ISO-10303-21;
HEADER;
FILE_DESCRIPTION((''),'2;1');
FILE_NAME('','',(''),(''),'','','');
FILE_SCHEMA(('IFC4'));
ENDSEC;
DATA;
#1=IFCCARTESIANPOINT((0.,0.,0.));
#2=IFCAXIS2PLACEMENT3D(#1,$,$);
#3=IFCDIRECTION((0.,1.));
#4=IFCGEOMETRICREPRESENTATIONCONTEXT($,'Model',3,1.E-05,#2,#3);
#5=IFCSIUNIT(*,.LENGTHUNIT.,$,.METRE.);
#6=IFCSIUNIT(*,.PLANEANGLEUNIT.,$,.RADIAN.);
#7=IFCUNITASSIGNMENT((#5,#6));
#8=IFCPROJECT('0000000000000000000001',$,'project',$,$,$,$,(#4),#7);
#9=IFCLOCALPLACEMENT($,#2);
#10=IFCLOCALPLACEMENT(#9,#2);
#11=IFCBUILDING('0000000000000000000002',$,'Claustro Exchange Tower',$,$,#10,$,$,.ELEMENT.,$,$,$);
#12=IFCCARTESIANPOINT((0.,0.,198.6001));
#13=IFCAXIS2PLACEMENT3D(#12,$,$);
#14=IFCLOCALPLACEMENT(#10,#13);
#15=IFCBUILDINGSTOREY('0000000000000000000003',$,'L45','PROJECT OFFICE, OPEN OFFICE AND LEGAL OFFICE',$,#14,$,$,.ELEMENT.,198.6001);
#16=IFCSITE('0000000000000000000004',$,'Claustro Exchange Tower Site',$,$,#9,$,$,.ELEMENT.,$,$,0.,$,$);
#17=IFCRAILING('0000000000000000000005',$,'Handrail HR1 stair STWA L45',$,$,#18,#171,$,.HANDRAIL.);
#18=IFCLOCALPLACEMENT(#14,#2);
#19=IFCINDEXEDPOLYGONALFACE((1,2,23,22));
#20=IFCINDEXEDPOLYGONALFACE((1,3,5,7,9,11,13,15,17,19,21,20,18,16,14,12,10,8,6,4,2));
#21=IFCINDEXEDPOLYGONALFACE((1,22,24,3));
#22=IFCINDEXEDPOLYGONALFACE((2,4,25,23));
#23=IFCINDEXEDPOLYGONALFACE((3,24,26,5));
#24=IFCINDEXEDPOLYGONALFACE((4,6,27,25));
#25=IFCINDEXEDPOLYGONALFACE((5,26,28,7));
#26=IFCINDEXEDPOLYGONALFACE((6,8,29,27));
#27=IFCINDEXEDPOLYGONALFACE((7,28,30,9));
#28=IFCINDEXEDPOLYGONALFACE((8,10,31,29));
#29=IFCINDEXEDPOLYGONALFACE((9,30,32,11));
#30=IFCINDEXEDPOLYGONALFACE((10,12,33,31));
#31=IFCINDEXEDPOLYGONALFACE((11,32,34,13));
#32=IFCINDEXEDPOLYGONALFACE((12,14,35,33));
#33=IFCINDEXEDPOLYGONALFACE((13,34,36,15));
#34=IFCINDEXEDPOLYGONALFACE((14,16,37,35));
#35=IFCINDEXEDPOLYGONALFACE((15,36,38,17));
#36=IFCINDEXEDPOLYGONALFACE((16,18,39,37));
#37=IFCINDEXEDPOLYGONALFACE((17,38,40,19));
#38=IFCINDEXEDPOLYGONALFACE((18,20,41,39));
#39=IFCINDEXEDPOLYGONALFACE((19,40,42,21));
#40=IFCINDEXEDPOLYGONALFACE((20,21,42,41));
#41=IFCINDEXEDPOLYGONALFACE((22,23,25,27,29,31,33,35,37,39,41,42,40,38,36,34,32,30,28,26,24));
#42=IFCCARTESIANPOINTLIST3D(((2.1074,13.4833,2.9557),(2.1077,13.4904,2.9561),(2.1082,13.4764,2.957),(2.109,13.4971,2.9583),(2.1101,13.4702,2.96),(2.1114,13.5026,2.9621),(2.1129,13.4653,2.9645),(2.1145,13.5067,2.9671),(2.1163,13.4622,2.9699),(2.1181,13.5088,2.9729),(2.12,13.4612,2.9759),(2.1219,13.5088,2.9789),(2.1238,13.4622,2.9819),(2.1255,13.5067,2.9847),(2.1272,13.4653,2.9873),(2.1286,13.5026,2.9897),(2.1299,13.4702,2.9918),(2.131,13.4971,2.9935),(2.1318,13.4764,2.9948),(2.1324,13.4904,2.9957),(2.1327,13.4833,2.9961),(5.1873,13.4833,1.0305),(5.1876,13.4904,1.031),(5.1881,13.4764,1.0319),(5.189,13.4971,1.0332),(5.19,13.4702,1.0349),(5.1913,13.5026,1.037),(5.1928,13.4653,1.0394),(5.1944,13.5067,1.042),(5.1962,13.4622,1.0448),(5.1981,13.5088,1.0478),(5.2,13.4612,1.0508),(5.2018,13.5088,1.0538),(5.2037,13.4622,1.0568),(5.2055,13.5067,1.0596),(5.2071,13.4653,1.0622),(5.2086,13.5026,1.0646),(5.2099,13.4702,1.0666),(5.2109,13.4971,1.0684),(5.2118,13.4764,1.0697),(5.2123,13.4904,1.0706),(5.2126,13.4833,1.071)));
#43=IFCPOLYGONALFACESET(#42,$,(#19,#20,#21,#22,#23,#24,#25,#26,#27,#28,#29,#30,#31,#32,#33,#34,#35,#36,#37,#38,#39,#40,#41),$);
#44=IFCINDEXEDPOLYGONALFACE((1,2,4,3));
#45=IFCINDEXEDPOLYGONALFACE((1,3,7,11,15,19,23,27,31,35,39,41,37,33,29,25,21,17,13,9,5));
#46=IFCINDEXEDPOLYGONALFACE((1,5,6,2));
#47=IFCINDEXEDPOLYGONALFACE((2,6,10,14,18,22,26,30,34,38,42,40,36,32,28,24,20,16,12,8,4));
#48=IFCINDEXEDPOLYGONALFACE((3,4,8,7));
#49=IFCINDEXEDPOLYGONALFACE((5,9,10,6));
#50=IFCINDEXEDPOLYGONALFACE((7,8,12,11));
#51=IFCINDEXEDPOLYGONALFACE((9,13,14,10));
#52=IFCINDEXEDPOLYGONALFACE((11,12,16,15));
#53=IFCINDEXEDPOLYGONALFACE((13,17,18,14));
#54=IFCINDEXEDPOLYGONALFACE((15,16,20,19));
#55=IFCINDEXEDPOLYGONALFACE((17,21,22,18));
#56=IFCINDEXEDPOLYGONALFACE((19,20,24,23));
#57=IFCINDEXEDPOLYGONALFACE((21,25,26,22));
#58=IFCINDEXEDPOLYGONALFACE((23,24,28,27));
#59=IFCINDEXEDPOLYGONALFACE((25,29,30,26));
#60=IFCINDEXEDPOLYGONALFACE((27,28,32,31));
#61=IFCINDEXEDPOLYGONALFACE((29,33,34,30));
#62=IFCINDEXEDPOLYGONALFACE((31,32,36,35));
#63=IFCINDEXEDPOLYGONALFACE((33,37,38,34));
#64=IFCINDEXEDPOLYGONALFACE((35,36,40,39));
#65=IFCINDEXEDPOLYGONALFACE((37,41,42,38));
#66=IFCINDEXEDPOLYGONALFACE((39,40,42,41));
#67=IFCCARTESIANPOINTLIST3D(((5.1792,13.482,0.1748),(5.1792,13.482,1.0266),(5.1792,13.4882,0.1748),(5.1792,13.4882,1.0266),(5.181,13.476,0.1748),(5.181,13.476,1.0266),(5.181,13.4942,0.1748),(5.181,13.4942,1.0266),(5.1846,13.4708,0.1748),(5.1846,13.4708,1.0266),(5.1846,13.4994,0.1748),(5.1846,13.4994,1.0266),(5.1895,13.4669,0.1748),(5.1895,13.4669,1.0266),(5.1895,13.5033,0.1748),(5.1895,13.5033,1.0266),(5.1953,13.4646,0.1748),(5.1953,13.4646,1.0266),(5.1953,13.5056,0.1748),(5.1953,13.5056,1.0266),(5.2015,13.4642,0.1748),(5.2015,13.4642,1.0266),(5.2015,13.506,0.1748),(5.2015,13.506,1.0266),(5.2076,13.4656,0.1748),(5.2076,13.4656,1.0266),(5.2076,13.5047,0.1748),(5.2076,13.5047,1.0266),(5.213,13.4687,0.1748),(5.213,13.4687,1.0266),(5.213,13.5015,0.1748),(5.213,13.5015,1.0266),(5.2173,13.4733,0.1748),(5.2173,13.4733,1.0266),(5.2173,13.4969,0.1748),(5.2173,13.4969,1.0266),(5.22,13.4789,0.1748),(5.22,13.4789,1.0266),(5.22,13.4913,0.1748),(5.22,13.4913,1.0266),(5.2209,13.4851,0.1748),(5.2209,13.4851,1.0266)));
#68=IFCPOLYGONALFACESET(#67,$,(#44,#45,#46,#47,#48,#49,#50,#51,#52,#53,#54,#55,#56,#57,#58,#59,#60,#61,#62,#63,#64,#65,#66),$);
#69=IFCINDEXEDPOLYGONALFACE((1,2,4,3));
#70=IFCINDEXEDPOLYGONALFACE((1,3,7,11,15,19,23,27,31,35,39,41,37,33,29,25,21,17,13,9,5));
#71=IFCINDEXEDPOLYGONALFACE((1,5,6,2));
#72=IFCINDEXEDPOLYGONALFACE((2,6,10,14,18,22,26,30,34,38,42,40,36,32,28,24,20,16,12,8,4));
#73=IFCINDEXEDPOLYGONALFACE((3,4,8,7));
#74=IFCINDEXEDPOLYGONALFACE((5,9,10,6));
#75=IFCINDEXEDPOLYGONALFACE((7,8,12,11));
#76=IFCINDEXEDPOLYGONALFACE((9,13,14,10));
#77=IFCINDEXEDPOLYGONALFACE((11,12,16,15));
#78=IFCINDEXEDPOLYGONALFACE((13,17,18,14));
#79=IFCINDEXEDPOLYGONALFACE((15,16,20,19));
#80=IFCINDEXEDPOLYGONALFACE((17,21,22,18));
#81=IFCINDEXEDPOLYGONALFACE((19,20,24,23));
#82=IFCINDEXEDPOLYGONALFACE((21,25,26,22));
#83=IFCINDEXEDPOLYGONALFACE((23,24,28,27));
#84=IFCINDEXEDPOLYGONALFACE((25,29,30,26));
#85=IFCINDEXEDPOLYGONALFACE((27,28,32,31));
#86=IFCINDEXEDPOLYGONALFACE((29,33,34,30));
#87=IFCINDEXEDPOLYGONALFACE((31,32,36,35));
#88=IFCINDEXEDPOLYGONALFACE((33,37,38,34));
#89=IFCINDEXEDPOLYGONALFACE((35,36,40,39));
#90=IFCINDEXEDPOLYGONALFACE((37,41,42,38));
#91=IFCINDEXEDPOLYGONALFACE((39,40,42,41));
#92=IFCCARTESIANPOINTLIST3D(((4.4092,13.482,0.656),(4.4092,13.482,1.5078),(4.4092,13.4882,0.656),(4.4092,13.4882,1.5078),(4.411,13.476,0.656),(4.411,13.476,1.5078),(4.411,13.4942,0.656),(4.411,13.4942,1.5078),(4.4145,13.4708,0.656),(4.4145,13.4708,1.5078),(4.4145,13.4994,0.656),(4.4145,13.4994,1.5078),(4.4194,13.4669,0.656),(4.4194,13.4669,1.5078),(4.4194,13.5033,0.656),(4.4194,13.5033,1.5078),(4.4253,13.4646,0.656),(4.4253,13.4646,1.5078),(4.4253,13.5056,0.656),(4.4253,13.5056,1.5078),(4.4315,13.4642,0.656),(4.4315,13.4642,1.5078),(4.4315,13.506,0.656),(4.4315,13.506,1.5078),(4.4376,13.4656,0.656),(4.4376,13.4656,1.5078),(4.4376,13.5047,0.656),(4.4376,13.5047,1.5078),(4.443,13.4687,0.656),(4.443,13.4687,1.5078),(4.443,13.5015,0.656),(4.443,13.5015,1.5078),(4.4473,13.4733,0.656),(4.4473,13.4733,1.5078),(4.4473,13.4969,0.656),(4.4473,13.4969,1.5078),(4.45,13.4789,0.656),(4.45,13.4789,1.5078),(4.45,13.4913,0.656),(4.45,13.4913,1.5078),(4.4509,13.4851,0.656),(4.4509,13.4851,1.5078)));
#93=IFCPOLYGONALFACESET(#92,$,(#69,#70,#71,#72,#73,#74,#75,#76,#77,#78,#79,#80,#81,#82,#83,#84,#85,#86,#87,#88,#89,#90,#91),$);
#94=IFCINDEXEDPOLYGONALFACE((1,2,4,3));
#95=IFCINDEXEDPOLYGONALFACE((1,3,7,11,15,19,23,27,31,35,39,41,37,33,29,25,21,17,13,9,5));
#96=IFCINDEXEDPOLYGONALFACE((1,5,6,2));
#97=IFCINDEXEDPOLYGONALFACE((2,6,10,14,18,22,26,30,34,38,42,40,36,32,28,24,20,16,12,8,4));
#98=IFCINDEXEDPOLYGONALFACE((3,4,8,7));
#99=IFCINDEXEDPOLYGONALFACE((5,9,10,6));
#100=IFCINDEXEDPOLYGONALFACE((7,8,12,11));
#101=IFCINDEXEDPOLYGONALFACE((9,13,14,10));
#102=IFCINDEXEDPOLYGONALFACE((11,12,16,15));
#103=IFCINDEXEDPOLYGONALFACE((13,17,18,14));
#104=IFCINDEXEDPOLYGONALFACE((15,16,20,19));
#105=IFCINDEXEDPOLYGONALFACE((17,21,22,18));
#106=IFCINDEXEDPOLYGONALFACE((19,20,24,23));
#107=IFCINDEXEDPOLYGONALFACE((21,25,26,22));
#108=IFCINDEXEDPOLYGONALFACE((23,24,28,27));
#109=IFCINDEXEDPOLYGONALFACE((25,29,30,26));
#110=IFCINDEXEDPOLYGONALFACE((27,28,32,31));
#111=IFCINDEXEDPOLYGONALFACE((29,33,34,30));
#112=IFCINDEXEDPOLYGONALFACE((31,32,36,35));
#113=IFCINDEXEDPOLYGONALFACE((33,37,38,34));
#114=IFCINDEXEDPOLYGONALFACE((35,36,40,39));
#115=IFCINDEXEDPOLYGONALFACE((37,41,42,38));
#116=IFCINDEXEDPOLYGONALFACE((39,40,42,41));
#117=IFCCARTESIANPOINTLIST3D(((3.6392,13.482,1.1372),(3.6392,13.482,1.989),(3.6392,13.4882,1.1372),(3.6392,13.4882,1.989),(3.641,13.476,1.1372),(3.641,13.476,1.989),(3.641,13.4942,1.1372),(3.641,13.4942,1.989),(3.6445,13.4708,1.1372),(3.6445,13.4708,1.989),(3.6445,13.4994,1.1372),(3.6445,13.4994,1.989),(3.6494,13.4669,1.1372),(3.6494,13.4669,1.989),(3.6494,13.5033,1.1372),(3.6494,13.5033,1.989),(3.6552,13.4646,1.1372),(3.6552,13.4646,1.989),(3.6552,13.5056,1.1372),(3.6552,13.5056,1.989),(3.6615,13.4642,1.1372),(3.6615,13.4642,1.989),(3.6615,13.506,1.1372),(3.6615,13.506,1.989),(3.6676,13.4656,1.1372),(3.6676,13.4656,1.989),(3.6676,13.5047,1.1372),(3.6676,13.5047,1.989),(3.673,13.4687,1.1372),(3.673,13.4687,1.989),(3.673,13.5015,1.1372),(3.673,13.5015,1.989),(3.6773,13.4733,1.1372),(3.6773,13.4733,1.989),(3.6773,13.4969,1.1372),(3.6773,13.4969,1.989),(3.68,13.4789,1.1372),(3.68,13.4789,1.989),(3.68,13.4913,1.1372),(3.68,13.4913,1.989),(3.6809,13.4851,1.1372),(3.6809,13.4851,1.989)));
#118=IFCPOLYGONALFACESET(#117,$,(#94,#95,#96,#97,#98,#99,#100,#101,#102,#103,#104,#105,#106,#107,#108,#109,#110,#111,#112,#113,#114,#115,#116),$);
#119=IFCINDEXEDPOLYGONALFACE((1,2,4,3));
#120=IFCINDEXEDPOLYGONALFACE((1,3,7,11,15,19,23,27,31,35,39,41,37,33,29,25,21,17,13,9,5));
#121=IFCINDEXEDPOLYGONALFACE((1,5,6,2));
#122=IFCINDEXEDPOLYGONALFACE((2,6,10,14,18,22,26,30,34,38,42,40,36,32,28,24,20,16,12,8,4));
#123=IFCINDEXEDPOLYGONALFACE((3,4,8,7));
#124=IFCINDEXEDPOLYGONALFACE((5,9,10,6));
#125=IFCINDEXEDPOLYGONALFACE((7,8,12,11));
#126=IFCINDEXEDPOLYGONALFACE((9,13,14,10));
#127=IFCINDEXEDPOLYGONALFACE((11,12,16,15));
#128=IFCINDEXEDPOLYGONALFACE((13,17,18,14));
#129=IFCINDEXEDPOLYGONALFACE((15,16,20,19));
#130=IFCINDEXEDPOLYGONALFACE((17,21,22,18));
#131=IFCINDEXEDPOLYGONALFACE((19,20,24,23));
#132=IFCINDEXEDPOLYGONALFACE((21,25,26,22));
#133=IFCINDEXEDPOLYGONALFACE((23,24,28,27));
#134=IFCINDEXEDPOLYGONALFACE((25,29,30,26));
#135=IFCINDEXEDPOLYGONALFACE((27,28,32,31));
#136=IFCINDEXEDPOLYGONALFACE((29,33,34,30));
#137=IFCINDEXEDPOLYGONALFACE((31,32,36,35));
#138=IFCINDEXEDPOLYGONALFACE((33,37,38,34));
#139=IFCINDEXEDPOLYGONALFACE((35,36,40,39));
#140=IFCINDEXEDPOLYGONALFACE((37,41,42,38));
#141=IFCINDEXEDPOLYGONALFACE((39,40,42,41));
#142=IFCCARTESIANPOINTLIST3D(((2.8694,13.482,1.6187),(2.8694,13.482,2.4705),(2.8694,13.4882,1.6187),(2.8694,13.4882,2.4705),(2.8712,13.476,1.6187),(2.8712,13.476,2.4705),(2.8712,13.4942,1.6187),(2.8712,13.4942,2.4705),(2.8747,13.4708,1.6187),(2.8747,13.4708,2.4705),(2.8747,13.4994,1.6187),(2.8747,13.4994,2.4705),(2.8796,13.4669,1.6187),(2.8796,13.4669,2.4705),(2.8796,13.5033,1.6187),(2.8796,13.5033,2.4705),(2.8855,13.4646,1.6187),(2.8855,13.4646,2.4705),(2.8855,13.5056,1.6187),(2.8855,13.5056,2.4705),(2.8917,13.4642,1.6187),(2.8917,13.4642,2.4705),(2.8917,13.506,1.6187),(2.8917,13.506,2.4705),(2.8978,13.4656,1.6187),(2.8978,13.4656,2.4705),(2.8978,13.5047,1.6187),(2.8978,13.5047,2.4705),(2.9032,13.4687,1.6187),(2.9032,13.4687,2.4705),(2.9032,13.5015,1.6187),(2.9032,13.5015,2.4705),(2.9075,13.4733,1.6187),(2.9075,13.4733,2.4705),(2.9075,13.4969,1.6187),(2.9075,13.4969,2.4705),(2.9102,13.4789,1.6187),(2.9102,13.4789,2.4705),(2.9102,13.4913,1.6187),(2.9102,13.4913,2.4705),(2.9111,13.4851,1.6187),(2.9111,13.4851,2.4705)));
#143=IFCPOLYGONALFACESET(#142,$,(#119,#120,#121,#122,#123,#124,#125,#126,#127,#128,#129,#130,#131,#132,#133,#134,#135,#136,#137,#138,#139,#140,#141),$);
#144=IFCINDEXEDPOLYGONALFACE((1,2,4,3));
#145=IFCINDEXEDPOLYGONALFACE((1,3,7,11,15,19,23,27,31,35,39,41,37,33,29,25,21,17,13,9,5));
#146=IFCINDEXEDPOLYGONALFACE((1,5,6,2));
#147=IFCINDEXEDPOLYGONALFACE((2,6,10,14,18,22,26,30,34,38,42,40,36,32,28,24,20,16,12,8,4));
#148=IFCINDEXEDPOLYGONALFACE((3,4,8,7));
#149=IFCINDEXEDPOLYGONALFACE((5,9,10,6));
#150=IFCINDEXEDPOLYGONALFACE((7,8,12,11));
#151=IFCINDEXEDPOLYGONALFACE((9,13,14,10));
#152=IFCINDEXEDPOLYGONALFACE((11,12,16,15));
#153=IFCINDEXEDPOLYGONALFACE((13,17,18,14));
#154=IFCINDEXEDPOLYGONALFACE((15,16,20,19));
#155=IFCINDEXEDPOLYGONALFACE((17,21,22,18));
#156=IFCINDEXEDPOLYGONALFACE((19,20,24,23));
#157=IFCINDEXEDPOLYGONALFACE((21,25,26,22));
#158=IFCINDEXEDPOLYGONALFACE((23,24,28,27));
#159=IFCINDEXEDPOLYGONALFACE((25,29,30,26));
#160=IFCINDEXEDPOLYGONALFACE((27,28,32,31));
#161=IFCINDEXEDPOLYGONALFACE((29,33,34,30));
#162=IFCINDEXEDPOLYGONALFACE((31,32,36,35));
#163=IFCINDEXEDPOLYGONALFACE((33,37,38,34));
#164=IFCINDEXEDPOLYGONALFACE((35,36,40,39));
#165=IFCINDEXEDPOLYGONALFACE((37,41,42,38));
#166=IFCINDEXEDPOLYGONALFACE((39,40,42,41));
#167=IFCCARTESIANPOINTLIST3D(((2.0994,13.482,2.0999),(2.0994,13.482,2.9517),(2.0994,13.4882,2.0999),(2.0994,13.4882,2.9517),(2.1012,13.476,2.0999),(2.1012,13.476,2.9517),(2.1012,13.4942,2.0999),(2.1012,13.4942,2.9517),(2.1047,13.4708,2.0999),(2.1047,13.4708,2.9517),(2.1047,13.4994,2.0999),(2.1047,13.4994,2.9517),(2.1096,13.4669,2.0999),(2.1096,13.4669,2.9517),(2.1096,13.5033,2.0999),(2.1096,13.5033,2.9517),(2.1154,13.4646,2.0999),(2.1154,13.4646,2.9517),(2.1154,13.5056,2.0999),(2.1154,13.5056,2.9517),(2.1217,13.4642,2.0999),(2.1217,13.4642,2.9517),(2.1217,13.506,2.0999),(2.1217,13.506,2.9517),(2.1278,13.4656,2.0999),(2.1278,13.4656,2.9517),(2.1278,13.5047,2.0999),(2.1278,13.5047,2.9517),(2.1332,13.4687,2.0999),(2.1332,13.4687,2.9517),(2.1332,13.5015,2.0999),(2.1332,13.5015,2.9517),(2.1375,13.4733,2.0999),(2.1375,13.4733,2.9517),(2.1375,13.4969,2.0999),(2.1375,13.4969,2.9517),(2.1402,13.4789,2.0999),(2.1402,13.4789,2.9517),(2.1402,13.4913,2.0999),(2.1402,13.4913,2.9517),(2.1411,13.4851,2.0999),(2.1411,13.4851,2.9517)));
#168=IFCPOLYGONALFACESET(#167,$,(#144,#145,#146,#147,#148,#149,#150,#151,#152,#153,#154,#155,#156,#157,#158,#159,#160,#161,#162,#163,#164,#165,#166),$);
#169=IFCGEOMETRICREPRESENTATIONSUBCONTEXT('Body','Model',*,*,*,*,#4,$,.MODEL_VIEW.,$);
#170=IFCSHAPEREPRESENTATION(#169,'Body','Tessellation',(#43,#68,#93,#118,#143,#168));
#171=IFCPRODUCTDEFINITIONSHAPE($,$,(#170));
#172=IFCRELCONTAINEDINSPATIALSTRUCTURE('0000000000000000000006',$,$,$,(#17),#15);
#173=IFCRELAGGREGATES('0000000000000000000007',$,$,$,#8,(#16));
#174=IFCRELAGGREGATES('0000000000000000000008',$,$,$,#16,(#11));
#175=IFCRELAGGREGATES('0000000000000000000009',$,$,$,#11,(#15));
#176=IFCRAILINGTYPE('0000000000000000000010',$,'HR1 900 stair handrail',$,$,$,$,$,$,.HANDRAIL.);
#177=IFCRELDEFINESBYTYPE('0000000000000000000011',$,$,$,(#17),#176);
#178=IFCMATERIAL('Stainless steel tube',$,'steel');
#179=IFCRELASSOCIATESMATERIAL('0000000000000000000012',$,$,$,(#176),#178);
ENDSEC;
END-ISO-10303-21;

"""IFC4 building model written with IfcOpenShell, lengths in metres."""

from ifc_helpers import new_model, si_unit, direction, frame, origin, origin_2d, place, context, subcontext, project, spatial, circle, extrude, material, type_object, element, save


model = new_model("IFC4")

# Units and contexts
model_context = context("Model", 3, precision=1e-05, world=origin(), true_north=direction((0.0, 1.0)))
body_context = subcontext(model_context, "Body", "Model", "MODEL_VIEW")
ifc_project = project(units=[si_unit("LENGTHUNIT", "METRE"), si_unit("PLANEANGLEUNIT", "RADIAN")], contexts=[model_context])

# Site, building, storey
site_placement = place(None, origin())
site = spatial("IfcSite", under=ifc_project, at=site_placement, Name="Claustro Exchange Tower Site", CompositionType="ELEMENT", RefElevation=0.0)
building_placement = place(site_placement, origin())
building = spatial("IfcBuilding", under=site, at=building_placement, Name="Claustro Exchange Tower", CompositionType="ELEMENT")
storey_placement = place(building_placement, frame((0.0, 0.0, 198.6001)))
storey = spatial("IfcBuildingStorey", under=building, at=storey_placement, Name="L45", Description="PROJECT OFFICE, OPEN OFFICE AND LEGAL OFFICE", CompositionType="ELEMENT", Elevation=198.6001)

# Railing
ifc_material_1 = material(Name="Stainless steel tube", Category="steel")
railing_type_1 = type_object("IfcRailingType", Name="HR1 900 stair handrail", PredefinedType="HANDRAIL", material=ifc_material_1)
railing_1_placement = place(storey_placement, frame((5.2, 13.4851, 0.1748)))
element("IfcRailing", 1, at=railing_1_placement, inside=storey, type_object=railing_type_1, Name="Handrail HR1 stair STWA L45", PredefinedType="HANDRAIL", context=body_context, shape_type="SweptSolid", body=[
    extrude(circle(Radius=0.0239, at=origin_2d()), frame((0.0, 0.0, 0.876), z_axis=(-0.847979, 0.0, 0.530029), x_axis=(0.0, -1.0, 0.0)), (0.0, 0.0, 1.0), 3.6321),
    extrude(circle(Radius=0.021, at=origin_2d()), origin(), (0.0, 0.0, 1.0), 0.8518),
    extrude(circle(Radius=0.021, at=origin_2d()), frame((-0.77, 0.0, 0.4812)), (0.0, 0.0, 1.0), 0.8518),
    extrude(circle(Radius=0.021, at=origin_2d()), frame((-1.54, 0.0, 0.9624)), (0.0, 0.0, 1.0), 0.8518),
    extrude(circle(Radius=0.021, at=origin_2d()), frame((-2.3098, 0.0, 1.4438)), (0.0, 0.0, 1.0), 0.8518),
    extrude(circle(Radius=0.021, at=origin_2d()), frame((-3.0798, 0.0, 1.925)), (0.0, 0.0, 1.0), 0.8518),
])

save(model, "model.ifc")
